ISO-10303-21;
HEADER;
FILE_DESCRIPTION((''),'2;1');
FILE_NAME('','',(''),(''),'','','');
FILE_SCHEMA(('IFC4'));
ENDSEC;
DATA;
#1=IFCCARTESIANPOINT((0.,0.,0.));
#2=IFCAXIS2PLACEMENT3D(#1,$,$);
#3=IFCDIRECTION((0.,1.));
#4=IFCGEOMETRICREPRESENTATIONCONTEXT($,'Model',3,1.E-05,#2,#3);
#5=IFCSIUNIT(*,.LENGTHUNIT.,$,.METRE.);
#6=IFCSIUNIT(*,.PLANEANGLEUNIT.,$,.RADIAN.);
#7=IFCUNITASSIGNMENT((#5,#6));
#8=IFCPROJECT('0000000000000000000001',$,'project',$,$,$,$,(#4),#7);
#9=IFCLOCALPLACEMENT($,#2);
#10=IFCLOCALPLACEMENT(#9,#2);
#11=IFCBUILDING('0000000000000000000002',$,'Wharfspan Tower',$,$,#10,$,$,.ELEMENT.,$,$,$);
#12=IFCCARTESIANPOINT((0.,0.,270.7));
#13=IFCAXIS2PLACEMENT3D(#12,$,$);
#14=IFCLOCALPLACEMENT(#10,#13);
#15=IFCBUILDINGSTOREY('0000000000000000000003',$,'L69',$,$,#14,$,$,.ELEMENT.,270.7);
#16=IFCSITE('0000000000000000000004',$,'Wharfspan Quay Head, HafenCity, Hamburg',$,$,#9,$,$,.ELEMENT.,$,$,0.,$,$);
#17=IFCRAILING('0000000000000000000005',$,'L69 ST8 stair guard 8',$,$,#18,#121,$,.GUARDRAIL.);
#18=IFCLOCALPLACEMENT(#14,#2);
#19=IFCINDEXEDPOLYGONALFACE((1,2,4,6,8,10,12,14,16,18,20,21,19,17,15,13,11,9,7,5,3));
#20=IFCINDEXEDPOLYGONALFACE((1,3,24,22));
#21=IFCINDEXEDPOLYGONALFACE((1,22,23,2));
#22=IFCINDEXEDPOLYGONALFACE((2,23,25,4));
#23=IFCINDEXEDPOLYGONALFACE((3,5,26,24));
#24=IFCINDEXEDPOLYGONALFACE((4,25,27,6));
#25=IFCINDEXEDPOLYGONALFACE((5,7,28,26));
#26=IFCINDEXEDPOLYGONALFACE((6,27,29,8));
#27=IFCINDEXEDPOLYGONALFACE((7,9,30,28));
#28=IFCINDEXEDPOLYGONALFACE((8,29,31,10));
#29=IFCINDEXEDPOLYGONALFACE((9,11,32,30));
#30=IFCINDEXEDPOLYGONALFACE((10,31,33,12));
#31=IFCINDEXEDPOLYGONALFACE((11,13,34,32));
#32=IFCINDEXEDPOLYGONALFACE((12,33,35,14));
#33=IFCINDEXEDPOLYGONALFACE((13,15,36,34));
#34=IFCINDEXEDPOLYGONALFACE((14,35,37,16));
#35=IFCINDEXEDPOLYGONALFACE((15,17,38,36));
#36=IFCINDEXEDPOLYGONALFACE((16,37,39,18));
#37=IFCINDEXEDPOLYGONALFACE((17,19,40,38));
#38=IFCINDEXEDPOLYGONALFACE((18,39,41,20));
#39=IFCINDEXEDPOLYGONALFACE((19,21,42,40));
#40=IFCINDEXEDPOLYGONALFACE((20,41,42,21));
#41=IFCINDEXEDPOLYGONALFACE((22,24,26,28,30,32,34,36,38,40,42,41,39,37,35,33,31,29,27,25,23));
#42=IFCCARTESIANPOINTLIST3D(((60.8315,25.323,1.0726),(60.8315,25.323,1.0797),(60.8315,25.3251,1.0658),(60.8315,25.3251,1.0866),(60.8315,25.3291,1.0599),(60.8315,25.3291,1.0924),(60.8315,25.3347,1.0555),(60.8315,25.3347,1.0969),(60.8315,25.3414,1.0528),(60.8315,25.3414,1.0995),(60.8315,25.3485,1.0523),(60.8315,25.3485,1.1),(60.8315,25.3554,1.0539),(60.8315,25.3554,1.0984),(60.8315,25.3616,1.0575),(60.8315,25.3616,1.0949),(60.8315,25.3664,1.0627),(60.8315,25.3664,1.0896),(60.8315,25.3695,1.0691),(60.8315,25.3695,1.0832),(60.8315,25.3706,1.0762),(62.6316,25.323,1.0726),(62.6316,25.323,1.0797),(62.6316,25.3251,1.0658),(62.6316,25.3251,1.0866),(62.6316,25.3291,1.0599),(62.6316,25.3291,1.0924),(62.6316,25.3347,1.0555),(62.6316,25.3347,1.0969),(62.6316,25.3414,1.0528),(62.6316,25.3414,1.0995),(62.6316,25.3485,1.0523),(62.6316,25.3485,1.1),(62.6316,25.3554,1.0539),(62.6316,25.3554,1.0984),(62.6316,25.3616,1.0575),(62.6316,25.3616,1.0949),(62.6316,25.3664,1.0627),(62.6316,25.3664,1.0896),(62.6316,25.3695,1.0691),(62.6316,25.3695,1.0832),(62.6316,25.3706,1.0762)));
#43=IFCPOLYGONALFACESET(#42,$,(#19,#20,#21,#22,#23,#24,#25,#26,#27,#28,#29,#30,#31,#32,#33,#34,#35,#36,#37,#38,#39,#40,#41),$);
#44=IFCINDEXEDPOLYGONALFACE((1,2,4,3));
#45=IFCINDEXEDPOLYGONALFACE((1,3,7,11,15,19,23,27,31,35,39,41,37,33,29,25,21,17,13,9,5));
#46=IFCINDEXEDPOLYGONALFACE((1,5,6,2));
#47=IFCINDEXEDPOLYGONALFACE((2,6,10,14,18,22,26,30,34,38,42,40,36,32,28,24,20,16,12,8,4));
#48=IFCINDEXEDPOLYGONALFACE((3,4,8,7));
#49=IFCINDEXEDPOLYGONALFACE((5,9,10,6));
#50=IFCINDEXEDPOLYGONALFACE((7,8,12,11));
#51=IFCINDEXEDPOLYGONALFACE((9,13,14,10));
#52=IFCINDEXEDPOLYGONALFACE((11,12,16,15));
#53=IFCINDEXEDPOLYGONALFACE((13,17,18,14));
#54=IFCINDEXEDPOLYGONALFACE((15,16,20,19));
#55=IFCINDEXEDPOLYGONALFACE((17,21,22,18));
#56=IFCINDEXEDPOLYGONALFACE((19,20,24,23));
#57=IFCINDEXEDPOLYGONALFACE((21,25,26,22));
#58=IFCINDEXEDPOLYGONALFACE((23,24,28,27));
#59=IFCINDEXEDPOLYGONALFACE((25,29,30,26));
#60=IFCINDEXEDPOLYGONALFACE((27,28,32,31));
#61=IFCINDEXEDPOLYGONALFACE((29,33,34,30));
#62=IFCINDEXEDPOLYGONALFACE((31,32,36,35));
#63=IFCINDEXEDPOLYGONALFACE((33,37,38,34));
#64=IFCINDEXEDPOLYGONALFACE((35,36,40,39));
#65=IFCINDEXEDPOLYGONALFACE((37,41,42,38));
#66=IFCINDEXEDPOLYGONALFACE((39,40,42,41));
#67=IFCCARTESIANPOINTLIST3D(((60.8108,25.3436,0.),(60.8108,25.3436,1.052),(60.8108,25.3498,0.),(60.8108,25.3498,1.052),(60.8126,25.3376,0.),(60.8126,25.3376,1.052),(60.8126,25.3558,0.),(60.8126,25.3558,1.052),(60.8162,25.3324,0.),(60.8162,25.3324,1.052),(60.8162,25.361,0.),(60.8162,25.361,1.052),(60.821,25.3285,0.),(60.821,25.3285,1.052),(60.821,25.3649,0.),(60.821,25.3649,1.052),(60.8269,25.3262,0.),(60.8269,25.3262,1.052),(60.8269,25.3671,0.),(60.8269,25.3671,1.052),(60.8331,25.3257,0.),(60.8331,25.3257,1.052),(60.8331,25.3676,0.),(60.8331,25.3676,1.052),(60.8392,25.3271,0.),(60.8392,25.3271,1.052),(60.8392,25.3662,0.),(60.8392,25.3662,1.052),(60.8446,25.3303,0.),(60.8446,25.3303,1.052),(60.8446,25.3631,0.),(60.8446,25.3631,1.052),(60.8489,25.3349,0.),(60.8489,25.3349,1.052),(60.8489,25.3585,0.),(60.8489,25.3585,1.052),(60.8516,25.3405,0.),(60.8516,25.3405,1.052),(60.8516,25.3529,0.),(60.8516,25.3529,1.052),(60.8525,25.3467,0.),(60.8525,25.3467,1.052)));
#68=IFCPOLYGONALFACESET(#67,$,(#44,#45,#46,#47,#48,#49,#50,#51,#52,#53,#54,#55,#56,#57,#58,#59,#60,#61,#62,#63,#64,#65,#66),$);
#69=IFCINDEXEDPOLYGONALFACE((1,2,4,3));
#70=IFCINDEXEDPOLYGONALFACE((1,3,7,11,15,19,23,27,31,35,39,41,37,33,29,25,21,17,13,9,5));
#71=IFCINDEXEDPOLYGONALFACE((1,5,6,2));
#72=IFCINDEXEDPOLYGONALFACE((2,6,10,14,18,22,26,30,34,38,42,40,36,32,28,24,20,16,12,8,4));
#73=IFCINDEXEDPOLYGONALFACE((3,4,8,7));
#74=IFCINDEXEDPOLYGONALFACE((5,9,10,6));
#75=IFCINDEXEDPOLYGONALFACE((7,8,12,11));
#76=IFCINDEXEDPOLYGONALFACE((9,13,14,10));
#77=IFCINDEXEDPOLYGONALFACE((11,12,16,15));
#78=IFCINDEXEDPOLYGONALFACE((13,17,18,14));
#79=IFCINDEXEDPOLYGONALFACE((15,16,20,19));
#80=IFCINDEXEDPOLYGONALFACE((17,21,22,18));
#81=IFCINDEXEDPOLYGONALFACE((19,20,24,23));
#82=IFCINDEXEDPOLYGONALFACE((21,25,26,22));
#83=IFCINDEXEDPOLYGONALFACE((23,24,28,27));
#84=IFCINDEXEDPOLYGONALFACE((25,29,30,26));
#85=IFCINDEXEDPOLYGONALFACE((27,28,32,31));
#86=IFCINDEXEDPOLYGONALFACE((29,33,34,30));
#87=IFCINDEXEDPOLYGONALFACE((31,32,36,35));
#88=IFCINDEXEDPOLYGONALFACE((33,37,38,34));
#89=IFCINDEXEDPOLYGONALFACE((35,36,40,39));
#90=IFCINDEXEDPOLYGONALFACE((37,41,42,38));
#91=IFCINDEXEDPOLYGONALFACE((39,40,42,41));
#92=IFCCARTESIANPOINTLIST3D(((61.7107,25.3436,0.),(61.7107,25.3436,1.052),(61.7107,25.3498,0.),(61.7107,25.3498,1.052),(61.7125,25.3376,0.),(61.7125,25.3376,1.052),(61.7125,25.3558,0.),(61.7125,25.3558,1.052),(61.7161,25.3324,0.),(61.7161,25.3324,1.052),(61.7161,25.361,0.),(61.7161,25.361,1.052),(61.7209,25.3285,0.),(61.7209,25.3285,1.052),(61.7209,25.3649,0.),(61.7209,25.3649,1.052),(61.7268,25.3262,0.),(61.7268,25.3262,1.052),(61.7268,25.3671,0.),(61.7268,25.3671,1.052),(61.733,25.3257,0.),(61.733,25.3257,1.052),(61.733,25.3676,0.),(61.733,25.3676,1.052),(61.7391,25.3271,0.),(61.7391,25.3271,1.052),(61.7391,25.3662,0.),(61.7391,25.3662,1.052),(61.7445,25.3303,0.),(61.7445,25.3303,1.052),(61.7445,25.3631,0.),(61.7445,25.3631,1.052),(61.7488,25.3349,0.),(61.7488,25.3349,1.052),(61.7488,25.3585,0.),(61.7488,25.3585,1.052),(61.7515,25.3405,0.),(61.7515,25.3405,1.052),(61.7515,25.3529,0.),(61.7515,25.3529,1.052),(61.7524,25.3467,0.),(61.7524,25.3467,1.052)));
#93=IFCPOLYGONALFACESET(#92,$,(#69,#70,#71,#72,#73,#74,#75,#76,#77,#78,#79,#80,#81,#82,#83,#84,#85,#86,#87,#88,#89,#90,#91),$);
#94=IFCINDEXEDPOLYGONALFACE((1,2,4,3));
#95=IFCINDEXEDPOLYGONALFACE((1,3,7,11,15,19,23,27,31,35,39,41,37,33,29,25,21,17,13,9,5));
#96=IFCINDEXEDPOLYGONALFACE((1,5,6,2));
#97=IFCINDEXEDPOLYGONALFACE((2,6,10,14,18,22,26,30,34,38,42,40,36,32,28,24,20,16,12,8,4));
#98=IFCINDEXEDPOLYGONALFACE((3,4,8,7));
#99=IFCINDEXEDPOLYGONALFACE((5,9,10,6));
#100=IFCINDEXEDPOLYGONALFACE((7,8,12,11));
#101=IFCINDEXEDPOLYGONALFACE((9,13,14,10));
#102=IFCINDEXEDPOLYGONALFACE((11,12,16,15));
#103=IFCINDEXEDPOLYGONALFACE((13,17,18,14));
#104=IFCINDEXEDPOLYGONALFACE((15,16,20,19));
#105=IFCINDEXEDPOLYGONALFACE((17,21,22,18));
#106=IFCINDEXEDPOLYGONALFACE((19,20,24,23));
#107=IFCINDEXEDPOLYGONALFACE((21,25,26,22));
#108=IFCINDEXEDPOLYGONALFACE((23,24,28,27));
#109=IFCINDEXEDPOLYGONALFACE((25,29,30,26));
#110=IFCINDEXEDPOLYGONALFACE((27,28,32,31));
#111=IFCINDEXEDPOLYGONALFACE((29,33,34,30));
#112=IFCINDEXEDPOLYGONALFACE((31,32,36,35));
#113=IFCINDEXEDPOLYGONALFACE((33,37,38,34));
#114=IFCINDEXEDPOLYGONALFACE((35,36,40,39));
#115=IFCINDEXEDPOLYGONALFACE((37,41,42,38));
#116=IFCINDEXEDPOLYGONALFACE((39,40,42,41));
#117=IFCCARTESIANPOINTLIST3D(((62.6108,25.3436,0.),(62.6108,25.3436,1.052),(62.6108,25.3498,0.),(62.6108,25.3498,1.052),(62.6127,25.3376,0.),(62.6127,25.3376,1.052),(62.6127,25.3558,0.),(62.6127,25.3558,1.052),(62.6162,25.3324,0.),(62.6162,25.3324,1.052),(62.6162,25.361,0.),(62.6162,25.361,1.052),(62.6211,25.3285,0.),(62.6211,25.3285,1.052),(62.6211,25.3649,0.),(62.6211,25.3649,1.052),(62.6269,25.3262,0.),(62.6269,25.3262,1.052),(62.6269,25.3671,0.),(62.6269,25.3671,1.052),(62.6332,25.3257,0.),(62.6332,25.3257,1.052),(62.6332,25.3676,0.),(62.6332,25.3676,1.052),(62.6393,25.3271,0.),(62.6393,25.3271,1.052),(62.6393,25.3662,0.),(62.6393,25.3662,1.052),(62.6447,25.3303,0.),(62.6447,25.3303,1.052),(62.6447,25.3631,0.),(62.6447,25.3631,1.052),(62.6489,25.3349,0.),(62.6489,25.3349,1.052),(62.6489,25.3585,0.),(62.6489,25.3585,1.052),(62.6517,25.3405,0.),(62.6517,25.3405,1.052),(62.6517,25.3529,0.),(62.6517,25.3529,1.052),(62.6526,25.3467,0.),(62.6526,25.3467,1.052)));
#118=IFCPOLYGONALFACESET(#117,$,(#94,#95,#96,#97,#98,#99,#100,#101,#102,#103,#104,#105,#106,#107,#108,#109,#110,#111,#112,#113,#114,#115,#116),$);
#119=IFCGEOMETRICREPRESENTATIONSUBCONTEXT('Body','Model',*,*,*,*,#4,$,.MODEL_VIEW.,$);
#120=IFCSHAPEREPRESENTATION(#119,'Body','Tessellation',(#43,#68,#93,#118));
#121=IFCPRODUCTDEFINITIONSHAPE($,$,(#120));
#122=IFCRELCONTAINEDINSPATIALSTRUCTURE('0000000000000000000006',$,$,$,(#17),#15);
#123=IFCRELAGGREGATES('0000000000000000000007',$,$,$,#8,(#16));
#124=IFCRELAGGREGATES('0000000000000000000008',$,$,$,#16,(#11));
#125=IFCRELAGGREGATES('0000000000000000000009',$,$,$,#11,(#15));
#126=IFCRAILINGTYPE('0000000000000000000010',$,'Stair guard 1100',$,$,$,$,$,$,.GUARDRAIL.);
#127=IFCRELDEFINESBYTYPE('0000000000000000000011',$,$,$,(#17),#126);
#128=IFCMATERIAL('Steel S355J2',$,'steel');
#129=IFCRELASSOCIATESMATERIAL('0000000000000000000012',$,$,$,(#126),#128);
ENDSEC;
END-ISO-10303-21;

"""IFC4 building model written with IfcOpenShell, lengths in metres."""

from ifc_helpers import new_model, si_unit, direction, frame, origin, origin_2d, place, context, subcontext, project, spatial, circle, extrude, material, type_object, element, save


model = new_model("IFC4")

# Units and contexts
model_context = context("Model", 3, precision=1e-05, world=origin(), true_north=direction((0.0, 1.0)))
body_context = subcontext(model_context, "Body", "Model", "MODEL_VIEW")
ifc_project = project(units=[si_unit("LENGTHUNIT", "METRE"), si_unit("PLANEANGLEUNIT", "RADIAN")], contexts=[model_context])

# Site, building, storey
site_placement = place(None, origin())
site = spatial("IfcSite", under=ifc_project, at=site_placement, Name="Wharfspan Quay Head, HafenCity, Hamburg", CompositionType="ELEMENT", RefElevation=0.0)
building_placement = place(site_placement, origin())
building = spatial("IfcBuilding", under=site, at=building_placement, Name="Wharfspan Tower", CompositionType="ELEMENT")
storey_placement = place(building_placement, frame((0.0, 0.0, 270.7)))
storey = spatial("IfcBuildingStorey", under=building, at=storey_placement, Name="L69", CompositionType="ELEMENT", Elevation=270.7)

# Shared definitions
ifc_material_1 = material(Name="Steel S355J2", Category="steel")

# Railing
railing_type_1 = type_object("IfcRailingType", Name="Stair guard 1100", PredefinedType="GUARDRAIL", material=ifc_material_1)
for number, where, name in (
    (1, (60.8315, 25.3467, 0.0), "L69 ST8 stair guard 8"),
):
    element("IfcRailing", number, at=place(storey_placement, frame(where)), inside=storey, type_object=railing_type_1, Name=name, PredefinedType="GUARDRAIL", context=body_context, shape_type="SweptSolid", body=[
        extrude(circle(Radius=0.0239, at=origin_2d()), frame((0.0, 0.0, 1.0762), z_axis=(1.0, 0.0, 0.0), x_axis=(0.0, 1.0, 0.0)), (0.0, 0.0, 1.0), 1.8),
        extrude(circle(Radius=0.021, at=origin_2d()), origin(), (0.0, 0.0, 1.0), 1.052),
        extrude(circle(Radius=0.021, at=origin_2d()), frame((0.8999, 0.0, 0.0)), (0.0, 0.0, 1.0), 1.052),
        extrude(circle(Radius=0.021, at=origin_2d()), frame((1.8, 0.0, 0.0)), (0.0, 0.0, 1.0), 1.052),
    ])

save(model, "model.ifc")
